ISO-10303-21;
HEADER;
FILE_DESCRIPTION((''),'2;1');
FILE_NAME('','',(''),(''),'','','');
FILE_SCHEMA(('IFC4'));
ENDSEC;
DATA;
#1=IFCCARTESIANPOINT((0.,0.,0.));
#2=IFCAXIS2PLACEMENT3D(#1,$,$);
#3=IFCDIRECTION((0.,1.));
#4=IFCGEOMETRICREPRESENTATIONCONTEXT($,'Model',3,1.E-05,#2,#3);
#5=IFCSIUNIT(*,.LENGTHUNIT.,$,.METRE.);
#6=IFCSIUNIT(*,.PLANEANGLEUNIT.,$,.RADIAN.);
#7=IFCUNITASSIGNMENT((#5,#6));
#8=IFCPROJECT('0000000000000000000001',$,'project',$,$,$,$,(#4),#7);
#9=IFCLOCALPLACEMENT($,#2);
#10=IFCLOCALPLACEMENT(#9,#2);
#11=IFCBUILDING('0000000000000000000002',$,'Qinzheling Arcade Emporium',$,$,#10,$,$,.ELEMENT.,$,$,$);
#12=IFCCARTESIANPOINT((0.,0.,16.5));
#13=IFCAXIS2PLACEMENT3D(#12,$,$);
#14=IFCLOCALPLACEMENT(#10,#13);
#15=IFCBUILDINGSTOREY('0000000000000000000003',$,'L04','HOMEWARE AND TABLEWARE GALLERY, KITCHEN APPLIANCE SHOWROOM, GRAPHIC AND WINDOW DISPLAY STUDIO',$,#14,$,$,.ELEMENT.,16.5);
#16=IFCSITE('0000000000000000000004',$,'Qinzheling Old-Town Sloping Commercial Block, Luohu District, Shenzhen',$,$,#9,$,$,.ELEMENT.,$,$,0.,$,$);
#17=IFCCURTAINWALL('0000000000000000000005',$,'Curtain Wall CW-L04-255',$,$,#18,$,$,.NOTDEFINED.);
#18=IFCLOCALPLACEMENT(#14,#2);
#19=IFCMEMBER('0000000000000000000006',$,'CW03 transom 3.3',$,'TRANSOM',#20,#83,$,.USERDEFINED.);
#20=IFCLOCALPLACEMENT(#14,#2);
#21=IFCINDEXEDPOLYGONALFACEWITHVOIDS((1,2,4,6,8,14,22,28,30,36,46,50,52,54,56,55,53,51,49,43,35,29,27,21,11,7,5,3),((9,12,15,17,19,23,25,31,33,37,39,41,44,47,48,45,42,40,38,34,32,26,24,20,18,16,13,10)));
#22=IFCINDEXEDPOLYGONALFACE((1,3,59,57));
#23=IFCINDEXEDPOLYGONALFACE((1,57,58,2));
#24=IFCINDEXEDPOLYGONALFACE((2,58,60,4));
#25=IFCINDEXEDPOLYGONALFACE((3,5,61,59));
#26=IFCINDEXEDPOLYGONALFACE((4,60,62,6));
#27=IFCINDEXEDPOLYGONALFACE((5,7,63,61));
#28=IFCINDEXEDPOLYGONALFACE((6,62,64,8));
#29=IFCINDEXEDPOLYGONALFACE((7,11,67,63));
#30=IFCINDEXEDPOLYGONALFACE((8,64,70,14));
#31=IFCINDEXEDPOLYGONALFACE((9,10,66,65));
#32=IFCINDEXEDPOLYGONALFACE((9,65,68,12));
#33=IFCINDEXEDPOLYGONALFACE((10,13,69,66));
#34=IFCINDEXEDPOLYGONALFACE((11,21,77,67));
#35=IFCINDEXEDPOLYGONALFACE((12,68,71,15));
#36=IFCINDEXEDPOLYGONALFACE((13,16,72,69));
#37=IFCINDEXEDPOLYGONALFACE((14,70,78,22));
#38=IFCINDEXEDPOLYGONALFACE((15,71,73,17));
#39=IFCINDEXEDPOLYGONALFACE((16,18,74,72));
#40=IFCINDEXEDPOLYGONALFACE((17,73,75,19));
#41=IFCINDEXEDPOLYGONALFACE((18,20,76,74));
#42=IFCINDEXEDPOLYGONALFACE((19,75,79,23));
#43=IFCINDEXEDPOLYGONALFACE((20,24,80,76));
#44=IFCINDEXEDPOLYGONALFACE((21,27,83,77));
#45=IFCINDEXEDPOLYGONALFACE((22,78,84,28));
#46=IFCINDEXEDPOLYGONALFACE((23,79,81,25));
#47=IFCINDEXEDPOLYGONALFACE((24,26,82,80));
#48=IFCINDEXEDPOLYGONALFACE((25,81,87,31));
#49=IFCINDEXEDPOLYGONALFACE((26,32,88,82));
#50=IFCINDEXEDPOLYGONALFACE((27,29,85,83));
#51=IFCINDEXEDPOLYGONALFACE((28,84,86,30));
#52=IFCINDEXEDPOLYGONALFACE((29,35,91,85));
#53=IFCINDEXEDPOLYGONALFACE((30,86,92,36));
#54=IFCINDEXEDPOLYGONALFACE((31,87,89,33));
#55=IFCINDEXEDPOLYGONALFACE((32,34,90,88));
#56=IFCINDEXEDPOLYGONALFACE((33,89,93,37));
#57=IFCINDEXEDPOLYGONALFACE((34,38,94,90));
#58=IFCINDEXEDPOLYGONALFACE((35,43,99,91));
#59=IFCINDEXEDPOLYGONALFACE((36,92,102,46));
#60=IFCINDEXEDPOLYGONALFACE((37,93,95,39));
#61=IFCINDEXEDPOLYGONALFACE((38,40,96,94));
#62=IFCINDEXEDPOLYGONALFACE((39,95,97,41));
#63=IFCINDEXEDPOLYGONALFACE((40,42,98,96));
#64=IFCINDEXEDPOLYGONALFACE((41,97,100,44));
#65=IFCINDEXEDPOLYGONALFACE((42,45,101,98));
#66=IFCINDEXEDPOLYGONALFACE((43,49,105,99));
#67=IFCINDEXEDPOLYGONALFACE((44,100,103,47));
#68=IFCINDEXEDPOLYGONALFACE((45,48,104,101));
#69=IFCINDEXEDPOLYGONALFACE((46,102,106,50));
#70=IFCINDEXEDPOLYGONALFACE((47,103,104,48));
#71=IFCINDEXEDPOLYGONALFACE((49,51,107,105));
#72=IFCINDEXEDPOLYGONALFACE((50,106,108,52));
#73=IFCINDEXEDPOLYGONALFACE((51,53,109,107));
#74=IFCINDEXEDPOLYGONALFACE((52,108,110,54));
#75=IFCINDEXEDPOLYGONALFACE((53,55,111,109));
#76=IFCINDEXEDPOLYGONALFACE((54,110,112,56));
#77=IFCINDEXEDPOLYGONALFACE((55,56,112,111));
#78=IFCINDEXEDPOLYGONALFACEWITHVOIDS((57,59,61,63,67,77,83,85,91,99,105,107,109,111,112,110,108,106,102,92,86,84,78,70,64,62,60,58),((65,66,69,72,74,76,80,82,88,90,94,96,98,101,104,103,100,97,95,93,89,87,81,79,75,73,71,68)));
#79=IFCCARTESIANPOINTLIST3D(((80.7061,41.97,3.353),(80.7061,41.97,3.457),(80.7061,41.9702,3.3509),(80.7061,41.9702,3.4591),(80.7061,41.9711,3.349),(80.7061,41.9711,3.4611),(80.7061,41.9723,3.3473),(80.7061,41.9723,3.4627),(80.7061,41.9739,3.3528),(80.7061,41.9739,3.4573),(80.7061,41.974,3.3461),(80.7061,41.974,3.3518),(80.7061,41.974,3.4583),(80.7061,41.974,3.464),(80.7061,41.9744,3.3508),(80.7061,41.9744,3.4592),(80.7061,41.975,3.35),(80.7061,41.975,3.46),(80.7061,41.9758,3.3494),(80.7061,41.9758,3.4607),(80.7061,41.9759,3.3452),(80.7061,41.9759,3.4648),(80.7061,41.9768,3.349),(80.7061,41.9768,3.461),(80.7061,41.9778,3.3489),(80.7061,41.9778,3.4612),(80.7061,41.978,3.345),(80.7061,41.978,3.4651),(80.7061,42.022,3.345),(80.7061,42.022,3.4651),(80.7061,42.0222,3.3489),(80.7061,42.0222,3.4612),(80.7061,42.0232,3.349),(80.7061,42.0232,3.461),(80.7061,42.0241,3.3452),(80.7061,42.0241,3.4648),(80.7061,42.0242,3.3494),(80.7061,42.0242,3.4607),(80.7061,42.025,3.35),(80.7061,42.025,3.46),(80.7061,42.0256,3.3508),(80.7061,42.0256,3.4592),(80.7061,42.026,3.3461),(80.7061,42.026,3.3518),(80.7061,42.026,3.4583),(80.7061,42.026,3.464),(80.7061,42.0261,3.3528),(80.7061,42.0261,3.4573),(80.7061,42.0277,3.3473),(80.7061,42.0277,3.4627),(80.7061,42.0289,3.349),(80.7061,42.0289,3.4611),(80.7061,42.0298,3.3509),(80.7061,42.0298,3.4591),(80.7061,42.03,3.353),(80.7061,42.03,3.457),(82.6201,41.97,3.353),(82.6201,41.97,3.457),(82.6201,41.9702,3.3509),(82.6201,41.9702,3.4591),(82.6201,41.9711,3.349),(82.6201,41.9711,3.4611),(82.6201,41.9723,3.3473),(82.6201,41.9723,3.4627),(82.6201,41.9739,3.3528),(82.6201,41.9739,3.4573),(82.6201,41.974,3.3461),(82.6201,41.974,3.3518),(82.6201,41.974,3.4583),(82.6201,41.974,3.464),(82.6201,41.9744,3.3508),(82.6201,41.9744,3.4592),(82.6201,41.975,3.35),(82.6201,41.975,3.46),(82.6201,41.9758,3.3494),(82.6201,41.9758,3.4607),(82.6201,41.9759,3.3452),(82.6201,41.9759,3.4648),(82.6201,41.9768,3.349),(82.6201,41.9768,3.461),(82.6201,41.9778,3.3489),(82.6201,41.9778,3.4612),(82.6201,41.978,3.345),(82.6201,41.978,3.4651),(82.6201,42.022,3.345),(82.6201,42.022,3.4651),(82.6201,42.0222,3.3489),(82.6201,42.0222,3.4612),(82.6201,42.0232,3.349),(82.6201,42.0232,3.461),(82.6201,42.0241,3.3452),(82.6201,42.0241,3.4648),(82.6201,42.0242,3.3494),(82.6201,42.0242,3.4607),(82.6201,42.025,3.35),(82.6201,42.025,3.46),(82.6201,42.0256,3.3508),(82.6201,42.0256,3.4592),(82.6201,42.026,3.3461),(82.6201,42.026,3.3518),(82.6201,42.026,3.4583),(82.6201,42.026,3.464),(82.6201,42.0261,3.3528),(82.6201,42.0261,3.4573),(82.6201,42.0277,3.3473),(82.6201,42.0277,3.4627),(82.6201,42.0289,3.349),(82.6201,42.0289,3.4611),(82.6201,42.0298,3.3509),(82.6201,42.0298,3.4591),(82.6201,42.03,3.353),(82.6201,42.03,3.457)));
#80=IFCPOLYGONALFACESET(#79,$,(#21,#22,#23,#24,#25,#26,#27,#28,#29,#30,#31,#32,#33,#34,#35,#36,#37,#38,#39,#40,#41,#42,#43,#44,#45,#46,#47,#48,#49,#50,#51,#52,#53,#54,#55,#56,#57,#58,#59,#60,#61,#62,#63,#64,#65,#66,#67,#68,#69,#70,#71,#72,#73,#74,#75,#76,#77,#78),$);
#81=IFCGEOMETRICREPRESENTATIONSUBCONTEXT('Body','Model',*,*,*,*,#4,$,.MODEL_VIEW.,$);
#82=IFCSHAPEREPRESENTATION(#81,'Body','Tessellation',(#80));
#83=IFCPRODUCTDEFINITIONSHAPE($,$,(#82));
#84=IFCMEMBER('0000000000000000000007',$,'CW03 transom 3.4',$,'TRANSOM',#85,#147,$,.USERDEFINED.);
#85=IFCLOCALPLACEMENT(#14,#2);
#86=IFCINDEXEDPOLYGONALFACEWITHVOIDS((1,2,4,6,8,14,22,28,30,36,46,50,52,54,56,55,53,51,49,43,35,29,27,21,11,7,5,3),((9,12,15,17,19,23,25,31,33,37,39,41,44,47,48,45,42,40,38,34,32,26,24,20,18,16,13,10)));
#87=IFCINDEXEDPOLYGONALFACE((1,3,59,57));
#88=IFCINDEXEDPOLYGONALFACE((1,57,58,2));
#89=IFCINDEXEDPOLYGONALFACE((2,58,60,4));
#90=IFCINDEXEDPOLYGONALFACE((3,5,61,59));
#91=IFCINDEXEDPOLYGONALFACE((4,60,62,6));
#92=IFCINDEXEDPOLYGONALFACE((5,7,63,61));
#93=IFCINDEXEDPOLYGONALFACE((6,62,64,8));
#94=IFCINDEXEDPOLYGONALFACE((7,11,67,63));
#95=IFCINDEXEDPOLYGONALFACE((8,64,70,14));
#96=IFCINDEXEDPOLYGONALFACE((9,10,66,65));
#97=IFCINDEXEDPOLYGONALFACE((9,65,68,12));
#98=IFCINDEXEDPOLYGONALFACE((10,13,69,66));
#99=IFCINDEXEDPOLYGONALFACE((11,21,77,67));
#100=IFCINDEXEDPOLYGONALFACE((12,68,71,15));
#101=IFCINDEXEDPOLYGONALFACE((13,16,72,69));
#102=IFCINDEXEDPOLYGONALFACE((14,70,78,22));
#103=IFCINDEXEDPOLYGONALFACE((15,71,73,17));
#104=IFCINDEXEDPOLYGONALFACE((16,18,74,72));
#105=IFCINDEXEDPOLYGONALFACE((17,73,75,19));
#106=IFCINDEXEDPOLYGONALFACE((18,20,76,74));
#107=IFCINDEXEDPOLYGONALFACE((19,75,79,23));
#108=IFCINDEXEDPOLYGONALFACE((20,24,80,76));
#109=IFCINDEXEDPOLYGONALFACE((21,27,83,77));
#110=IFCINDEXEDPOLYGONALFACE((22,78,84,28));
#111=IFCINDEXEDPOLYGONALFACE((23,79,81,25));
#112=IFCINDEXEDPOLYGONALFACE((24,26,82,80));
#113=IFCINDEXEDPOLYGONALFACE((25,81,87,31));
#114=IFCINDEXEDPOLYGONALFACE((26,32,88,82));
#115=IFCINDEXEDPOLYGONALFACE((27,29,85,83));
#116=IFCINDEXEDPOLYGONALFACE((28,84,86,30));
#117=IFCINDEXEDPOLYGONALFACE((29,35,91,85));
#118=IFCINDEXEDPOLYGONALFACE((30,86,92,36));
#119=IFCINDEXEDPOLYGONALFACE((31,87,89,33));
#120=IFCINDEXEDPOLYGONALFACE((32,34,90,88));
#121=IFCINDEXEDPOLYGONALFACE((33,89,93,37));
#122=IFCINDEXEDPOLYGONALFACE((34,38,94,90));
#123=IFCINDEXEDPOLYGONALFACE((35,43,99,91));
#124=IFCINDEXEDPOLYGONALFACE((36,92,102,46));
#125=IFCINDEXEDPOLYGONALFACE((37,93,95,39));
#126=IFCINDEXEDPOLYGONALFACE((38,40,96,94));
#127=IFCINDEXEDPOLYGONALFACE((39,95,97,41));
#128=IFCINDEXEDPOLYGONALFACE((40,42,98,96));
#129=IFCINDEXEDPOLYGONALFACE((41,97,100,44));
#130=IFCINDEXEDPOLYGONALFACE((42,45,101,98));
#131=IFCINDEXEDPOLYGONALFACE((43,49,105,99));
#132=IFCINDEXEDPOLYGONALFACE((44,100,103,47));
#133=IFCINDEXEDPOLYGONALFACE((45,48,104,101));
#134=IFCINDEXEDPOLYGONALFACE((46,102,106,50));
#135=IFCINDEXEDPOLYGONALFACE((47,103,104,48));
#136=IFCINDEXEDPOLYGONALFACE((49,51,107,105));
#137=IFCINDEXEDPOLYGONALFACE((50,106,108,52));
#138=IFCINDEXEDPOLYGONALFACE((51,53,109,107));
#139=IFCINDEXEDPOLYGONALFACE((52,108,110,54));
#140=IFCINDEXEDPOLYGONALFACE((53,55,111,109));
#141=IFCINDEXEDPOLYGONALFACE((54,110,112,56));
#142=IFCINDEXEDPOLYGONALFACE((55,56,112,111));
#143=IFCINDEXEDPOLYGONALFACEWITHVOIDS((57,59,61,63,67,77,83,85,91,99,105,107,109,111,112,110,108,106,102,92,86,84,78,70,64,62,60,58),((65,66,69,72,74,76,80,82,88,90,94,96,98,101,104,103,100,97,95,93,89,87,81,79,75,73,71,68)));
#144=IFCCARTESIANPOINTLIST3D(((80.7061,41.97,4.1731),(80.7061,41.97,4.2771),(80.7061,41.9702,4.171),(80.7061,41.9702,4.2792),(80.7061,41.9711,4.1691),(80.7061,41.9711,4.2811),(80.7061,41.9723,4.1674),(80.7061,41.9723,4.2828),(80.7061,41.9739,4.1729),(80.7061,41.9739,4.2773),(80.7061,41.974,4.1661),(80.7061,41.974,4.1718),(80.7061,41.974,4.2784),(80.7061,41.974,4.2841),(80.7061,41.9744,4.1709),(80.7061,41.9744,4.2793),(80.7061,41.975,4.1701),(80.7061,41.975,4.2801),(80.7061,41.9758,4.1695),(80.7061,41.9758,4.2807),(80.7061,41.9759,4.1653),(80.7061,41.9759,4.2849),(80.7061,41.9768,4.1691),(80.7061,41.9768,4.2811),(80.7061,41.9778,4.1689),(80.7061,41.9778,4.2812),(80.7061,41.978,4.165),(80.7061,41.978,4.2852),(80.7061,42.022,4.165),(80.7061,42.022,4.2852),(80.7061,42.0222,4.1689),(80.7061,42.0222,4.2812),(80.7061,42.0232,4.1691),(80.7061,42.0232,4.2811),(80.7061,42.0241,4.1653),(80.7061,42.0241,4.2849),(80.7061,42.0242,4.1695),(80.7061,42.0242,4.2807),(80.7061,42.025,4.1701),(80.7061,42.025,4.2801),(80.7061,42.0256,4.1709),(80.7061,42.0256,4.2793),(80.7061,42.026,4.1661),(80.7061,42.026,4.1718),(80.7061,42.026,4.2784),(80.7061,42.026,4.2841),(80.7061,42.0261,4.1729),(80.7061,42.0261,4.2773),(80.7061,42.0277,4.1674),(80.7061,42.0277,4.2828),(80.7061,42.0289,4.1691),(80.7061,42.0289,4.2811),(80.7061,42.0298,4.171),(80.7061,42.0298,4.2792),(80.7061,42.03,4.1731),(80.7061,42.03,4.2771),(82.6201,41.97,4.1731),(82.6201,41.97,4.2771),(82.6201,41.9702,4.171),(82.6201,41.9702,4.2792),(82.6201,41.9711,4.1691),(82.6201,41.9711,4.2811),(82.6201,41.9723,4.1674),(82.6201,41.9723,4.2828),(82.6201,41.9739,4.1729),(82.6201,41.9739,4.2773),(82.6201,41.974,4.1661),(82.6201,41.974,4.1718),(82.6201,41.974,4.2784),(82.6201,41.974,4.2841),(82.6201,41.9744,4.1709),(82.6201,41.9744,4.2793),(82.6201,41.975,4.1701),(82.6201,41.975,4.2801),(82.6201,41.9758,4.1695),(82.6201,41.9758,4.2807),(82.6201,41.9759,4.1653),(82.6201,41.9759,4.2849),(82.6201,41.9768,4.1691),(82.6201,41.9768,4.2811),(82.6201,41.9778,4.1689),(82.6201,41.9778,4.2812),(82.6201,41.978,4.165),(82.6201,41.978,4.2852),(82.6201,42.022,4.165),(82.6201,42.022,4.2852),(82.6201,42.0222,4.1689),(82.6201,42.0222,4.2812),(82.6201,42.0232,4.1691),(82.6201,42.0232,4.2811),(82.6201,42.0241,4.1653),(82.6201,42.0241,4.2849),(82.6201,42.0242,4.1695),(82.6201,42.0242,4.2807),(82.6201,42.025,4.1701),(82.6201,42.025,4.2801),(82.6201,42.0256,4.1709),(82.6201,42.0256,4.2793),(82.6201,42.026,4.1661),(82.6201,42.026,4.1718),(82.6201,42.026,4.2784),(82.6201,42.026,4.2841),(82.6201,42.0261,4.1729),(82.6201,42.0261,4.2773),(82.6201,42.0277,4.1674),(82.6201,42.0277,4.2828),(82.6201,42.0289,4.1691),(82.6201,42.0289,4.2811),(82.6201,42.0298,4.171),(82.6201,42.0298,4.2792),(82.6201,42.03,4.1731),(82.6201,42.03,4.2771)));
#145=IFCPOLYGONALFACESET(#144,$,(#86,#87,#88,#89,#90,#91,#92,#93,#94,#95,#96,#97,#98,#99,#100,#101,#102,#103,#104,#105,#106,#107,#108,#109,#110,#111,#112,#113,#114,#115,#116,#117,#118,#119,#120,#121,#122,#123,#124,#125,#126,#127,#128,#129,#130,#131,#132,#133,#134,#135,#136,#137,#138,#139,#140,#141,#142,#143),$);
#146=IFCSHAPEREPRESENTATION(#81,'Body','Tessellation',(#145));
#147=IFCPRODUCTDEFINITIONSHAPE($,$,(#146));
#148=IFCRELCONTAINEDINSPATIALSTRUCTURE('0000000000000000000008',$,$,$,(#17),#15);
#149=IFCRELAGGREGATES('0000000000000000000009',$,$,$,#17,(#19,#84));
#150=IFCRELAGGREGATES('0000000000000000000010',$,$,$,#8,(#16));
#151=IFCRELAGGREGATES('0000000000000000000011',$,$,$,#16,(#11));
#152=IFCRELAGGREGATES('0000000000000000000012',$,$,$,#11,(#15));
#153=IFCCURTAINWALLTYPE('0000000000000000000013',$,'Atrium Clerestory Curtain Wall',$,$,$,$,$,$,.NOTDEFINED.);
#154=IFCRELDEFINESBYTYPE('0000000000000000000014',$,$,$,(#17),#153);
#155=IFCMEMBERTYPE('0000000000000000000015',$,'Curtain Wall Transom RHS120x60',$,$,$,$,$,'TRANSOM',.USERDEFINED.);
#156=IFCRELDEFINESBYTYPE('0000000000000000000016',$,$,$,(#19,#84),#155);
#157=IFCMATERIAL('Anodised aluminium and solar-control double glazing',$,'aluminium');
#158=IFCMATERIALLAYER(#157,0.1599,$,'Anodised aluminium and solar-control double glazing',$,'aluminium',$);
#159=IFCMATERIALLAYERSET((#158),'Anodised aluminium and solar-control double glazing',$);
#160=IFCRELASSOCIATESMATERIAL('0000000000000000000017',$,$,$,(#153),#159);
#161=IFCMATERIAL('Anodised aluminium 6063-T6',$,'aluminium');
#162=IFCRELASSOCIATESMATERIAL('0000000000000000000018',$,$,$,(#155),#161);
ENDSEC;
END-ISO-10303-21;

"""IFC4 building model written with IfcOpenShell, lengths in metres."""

from ifc_helpers import new_model, si_unit, direction, frame, origin, origin_2d, place, context, subcontext, project, spatial, hollow_rectangle, extrude, material, layer, layer_set, material_profile, profile_set, type_object, element, aggregate, save


model = new_model("IFC4")

# Units and contexts
model_context = context("Model", 3, precision=1e-05, world=origin(), true_north=direction((0.0, 1.0)))
body_context = subcontext(model_context, "Body", "Model", "MODEL_VIEW")
ifc_project = project(units=[si_unit("LENGTHUNIT", "METRE"), si_unit("PLANEANGLEUNIT", "RADIAN")], contexts=[model_context])

# Site, building, storey
site_placement = place(None, origin())
site = spatial("IfcSite", under=ifc_project, at=site_placement, Name="Qinzheling Old-Town Sloping Commercial Block, Luohu District, Shenzhen", CompositionType="ELEMENT", RefElevation=0.0)
building_placement = place(site_placement, origin())
building = spatial("IfcBuilding", under=site, at=building_placement, Name="Qinzheling Arcade Emporium", CompositionType="ELEMENT")
storey_placement = place(building_placement, frame((0.0, 0.0, 16.5)))
storey = spatial("IfcBuildingStorey", under=building, at=storey_placement, Name="L04", Description="HOMEWARE AND TABLEWARE GALLERY, KITCHEN APPLIANCE SHOWROOM, GRAPHIC AND WINDOW DISPLAY STUDIO", CompositionType="ELEMENT", Elevation=16.5)

# Curtain wall
ifc_material_1 = material(Name="Anodised aluminium and solar-control double glazing", Category="aluminium")
ifc_layer_1 = layer(ifc_material_1, 0.1599, Name="Anodised aluminium and solar-control double glazing", Category="aluminium")
ifc_layer_set_1 = layer_set([ifc_layer_1], Name="Anodised aluminium and solar-control double glazing")
curtain_wall_type = type_object("IfcCurtainWallType", Name="Atrium Clerestory Curtain Wall", PredefinedType="NOTDEFINED", material=ifc_layer_set_1)
curtain_wall_1_placement = place(storey_placement, origin())
curtain_wall_1 = element("IfcCurtainWall", 1, at=curtain_wall_1_placement, inside=storey, type_object=curtain_wall_type, Name="Curtain Wall CW-L04-255", PredefinedType="NOTDEFINED")
ifc_material_2 = material(Name="Anodised aluminium 6063-T6", Category="aluminium")

# Members
ifc_material_profile_1 = material_profile(ifc_material_2, hollow_rectangle(XDim=0.0601, YDim=0.1201, WallThickness=0.0039, InnerFilletRadius=0.0039, OuterFilletRadius=0.0081, at=origin_2d()), Name="RHS 120x60x4", Category="aluminium")
ifc_profile_set_1 = profile_set([ifc_material_profile_1], Name="Anodised aluminium 6063-T6")
member_type_1 = type_object("IfcMemberType", Name="Curtain Wall Transom RHS120x60", ElementType="TRANSOM", PredefinedType="USERDEFINED", material=ifc_profile_set_1)
member_1_placement = place(storey_placement, frame((82.6201, 42.0, 3.405), z_axis=(-1.0, 0.0, 0.0), x_axis=(0.0, -1.0, 0.0)))
member_1 = element("IfcMember", 2, at=member_1_placement, type_object=member_type_1, Name="CW03 transom 3.3", ObjectType="TRANSOM", PredefinedType="USERDEFINED", context=body_context, shape_type="SweptSolid", body=[
    extrude(hollow_rectangle(XDim=0.0601, YDim=0.1201, WallThickness=0.0039, InnerFilletRadius=0.0039, OuterFilletRadius=0.0081, at=origin_2d()), origin(), (0.0, 0.0, 1.0), 1.9141),
])
member_2_placement = place(storey_placement, frame((82.6201, 42.0, 4.2251), z_axis=(-1.0, 0.0, 0.0), x_axis=(0.0, -1.0, 0.0)))
member_2 = element("IfcMember", 3, at=member_2_placement, type_object=member_type_1, Name="CW03 transom 3.4", ObjectType="TRANSOM", PredefinedType="USERDEFINED", context=body_context, shape_type="SweptSolid", body=[
    extrude(hollow_rectangle(XDim=0.0601, YDim=0.1201, WallThickness=0.0039, InnerFilletRadius=0.0039, OuterFilletRadius=0.0081, at=origin_2d()), origin(), (0.0, 0.0, 1.0), 1.9141),
])

aggregate(curtain_wall_1, [member_1, member_2])

save(model, "model.ifc")
